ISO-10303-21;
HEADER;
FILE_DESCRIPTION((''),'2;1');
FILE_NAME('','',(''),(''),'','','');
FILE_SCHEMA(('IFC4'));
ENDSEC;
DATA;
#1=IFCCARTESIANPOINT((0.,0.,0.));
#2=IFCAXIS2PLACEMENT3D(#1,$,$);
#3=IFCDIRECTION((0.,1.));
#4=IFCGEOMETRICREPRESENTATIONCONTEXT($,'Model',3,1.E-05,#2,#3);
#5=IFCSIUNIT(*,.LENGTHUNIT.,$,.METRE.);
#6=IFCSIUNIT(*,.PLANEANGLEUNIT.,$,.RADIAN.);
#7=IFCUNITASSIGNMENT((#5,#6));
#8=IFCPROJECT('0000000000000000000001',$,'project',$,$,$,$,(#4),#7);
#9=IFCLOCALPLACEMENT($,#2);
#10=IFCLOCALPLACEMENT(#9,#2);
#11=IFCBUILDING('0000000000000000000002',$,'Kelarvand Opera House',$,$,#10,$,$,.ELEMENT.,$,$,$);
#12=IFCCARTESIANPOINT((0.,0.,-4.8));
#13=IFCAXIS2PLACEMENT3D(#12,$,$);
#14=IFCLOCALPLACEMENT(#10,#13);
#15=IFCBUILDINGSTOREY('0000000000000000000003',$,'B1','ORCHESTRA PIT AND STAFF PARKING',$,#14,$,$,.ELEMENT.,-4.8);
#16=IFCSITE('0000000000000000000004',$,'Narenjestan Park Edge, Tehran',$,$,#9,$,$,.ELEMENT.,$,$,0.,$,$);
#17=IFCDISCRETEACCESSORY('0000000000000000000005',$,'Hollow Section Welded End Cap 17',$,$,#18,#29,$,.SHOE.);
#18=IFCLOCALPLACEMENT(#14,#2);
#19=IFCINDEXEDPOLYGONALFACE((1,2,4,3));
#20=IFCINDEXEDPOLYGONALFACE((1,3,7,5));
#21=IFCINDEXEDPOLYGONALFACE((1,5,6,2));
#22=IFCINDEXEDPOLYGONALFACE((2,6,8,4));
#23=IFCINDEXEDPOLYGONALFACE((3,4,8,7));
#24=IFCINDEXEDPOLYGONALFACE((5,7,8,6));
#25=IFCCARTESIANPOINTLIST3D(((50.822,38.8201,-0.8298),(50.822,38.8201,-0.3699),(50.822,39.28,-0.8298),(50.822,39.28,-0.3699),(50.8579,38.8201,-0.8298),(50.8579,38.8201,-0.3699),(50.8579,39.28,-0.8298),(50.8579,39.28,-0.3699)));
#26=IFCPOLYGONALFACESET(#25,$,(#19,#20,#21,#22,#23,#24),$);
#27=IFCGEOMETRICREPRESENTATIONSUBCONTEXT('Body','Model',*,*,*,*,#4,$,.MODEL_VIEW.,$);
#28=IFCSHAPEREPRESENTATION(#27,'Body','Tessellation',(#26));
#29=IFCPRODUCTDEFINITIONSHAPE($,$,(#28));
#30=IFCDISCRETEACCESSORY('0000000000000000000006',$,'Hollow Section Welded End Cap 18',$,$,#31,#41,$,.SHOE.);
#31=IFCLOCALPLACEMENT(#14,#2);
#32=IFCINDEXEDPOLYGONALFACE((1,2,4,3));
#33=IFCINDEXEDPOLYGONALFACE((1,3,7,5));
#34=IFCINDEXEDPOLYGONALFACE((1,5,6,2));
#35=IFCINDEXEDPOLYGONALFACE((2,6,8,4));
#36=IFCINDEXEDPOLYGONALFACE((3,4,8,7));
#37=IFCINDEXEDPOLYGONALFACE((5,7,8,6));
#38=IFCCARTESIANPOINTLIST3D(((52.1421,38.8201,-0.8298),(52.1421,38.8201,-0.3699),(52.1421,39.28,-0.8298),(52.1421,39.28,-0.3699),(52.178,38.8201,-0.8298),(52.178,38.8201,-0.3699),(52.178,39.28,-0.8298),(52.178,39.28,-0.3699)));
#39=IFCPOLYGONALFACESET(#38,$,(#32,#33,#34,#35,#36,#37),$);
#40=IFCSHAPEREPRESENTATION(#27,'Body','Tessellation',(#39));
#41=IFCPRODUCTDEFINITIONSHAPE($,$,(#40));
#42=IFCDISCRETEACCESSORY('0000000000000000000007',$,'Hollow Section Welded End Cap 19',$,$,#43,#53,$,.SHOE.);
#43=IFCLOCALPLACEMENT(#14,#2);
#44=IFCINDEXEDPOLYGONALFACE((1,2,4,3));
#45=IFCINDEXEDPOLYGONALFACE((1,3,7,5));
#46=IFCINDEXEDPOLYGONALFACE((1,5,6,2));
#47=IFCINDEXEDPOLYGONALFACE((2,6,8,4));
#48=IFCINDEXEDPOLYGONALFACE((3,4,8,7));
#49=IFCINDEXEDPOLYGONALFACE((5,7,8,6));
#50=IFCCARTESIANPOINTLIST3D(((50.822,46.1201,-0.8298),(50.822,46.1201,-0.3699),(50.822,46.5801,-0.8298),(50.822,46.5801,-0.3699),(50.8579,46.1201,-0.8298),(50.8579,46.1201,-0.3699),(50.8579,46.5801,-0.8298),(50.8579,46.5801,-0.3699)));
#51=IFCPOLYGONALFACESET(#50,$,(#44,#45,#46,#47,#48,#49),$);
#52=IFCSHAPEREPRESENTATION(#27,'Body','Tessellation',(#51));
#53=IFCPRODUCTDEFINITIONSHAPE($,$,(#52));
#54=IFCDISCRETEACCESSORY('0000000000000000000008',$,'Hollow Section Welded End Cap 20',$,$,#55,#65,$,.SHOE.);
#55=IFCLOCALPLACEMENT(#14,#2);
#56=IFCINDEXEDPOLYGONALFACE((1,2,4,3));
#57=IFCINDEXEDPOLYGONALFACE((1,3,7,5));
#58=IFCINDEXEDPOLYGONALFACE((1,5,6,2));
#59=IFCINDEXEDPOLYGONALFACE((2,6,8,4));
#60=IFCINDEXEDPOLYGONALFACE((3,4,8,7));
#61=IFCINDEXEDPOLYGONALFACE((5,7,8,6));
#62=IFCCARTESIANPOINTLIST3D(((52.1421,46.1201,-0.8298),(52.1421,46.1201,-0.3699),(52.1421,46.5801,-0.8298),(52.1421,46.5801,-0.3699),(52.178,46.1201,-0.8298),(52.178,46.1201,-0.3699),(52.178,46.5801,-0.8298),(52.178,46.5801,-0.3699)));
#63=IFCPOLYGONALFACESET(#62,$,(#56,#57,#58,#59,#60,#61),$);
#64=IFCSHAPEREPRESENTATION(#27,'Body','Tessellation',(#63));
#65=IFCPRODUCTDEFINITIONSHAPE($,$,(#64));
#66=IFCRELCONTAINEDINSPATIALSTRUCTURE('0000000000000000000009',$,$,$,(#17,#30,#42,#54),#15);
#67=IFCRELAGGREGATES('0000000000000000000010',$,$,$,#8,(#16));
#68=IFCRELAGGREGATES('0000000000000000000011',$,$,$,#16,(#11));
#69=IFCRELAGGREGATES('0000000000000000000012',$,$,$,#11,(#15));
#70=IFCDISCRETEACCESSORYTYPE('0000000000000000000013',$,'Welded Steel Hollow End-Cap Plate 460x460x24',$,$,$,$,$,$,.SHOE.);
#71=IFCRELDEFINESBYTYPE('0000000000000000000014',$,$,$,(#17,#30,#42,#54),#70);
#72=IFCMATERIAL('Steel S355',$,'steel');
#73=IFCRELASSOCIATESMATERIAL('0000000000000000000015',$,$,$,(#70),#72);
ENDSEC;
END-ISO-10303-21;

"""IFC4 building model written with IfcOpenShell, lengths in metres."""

from ifc_helpers import new_model, si_unit, direction, frame, origin, origin_2d, place, context, subcontext, project, spatial, rectangle, extrude, material, material_profile, profile_set, type_object, element, save


model = new_model("IFC4")

# Units and contexts
model_context = context("Model", 3, precision=1e-05, world=origin(), true_north=direction((0.0, 1.0)))
body_context = subcontext(model_context, "Body", "Model", "MODEL_VIEW")
ifc_project = project(units=[si_unit("LENGTHUNIT", "METRE"), si_unit("PLANEANGLEUNIT", "RADIAN")], contexts=[model_context])

# Site, building, storey
site_placement = place(None, origin())
site = spatial("IfcSite", under=ifc_project, at=site_placement, Name="Narenjestan Park Edge, Tehran", CompositionType="ELEMENT", RefElevation=0.0)
building_placement = place(site_placement, origin())
building = spatial("IfcBuilding", under=site, at=building_placement, Name="Kelarvand Opera House", CompositionType="ELEMENT")
storey_placement = place(building_placement, frame((0.0, 0.0, -4.8)))
storey = spatial("IfcBuildingStorey", under=building, at=storey_placement, Name="B1", Description="ORCHESTRA PIT AND STAFF PARKING", CompositionType="ELEMENT", Elevation=-4.8)

# Shared definitions
ifc_material_1 = material(Name="Steel S355", Category="steel")

# Discrete accessories
ifc_material_profile_1 = material_profile(ifc_material_1, rectangle(XDim=0.46, YDim=0.46, at=origin_2d()), Name="Welded Steel Hollow End-Cap Plate 460x460x24", Category="steel")
ifc_profile_set_1 = profile_set([ifc_material_profile_1], Name="Steel S355")
discrete_accessory_type_1 = type_object("IfcDiscreteAccessoryType", Name="Welded Steel Hollow End-Cap Plate 460x460x24", PredefinedType="SHOE", material=ifc_profile_set_1)
for number, where, z_axis, x_axis, name in (
    (1, (50.8579, 39.05, -0.5999), (-1.0, 0.0, 0.0), (0.0, -1.0, 0.0), "Hollow Section Welded End Cap 17"),
    (2, (52.1421, 39.05, -0.5999), (1.0, 0.0, 0.0), (0.0, 1.0, 0.0), "Hollow Section Welded End Cap 18"),
    (3, (50.8579, 46.3501, -0.5999), (-1.0, 0.0, 0.0), (0.0, -1.0, 0.0), "Hollow Section Welded End Cap 19"),
    (4, (52.1421, 46.3501, -0.5999), (1.0, 0.0, 0.0), (0.0, 1.0, 0.0), "Hollow Section Welded End Cap 20"),
):
    element("IfcDiscreteAccessory", number, at=place(storey_placement, frame(where, z_axis=z_axis, x_axis=x_axis)), inside=storey, type_object=discrete_accessory_type_1, Name=name, PredefinedType="SHOE", context=body_context, shape_type="SweptSolid", body=[
        extrude(rectangle(XDim=0.46, YDim=0.46, at=origin_2d()), origin(), (0.0, 0.0, 1.0), 0.0359),
    ])

save(model, "model.ifc")
